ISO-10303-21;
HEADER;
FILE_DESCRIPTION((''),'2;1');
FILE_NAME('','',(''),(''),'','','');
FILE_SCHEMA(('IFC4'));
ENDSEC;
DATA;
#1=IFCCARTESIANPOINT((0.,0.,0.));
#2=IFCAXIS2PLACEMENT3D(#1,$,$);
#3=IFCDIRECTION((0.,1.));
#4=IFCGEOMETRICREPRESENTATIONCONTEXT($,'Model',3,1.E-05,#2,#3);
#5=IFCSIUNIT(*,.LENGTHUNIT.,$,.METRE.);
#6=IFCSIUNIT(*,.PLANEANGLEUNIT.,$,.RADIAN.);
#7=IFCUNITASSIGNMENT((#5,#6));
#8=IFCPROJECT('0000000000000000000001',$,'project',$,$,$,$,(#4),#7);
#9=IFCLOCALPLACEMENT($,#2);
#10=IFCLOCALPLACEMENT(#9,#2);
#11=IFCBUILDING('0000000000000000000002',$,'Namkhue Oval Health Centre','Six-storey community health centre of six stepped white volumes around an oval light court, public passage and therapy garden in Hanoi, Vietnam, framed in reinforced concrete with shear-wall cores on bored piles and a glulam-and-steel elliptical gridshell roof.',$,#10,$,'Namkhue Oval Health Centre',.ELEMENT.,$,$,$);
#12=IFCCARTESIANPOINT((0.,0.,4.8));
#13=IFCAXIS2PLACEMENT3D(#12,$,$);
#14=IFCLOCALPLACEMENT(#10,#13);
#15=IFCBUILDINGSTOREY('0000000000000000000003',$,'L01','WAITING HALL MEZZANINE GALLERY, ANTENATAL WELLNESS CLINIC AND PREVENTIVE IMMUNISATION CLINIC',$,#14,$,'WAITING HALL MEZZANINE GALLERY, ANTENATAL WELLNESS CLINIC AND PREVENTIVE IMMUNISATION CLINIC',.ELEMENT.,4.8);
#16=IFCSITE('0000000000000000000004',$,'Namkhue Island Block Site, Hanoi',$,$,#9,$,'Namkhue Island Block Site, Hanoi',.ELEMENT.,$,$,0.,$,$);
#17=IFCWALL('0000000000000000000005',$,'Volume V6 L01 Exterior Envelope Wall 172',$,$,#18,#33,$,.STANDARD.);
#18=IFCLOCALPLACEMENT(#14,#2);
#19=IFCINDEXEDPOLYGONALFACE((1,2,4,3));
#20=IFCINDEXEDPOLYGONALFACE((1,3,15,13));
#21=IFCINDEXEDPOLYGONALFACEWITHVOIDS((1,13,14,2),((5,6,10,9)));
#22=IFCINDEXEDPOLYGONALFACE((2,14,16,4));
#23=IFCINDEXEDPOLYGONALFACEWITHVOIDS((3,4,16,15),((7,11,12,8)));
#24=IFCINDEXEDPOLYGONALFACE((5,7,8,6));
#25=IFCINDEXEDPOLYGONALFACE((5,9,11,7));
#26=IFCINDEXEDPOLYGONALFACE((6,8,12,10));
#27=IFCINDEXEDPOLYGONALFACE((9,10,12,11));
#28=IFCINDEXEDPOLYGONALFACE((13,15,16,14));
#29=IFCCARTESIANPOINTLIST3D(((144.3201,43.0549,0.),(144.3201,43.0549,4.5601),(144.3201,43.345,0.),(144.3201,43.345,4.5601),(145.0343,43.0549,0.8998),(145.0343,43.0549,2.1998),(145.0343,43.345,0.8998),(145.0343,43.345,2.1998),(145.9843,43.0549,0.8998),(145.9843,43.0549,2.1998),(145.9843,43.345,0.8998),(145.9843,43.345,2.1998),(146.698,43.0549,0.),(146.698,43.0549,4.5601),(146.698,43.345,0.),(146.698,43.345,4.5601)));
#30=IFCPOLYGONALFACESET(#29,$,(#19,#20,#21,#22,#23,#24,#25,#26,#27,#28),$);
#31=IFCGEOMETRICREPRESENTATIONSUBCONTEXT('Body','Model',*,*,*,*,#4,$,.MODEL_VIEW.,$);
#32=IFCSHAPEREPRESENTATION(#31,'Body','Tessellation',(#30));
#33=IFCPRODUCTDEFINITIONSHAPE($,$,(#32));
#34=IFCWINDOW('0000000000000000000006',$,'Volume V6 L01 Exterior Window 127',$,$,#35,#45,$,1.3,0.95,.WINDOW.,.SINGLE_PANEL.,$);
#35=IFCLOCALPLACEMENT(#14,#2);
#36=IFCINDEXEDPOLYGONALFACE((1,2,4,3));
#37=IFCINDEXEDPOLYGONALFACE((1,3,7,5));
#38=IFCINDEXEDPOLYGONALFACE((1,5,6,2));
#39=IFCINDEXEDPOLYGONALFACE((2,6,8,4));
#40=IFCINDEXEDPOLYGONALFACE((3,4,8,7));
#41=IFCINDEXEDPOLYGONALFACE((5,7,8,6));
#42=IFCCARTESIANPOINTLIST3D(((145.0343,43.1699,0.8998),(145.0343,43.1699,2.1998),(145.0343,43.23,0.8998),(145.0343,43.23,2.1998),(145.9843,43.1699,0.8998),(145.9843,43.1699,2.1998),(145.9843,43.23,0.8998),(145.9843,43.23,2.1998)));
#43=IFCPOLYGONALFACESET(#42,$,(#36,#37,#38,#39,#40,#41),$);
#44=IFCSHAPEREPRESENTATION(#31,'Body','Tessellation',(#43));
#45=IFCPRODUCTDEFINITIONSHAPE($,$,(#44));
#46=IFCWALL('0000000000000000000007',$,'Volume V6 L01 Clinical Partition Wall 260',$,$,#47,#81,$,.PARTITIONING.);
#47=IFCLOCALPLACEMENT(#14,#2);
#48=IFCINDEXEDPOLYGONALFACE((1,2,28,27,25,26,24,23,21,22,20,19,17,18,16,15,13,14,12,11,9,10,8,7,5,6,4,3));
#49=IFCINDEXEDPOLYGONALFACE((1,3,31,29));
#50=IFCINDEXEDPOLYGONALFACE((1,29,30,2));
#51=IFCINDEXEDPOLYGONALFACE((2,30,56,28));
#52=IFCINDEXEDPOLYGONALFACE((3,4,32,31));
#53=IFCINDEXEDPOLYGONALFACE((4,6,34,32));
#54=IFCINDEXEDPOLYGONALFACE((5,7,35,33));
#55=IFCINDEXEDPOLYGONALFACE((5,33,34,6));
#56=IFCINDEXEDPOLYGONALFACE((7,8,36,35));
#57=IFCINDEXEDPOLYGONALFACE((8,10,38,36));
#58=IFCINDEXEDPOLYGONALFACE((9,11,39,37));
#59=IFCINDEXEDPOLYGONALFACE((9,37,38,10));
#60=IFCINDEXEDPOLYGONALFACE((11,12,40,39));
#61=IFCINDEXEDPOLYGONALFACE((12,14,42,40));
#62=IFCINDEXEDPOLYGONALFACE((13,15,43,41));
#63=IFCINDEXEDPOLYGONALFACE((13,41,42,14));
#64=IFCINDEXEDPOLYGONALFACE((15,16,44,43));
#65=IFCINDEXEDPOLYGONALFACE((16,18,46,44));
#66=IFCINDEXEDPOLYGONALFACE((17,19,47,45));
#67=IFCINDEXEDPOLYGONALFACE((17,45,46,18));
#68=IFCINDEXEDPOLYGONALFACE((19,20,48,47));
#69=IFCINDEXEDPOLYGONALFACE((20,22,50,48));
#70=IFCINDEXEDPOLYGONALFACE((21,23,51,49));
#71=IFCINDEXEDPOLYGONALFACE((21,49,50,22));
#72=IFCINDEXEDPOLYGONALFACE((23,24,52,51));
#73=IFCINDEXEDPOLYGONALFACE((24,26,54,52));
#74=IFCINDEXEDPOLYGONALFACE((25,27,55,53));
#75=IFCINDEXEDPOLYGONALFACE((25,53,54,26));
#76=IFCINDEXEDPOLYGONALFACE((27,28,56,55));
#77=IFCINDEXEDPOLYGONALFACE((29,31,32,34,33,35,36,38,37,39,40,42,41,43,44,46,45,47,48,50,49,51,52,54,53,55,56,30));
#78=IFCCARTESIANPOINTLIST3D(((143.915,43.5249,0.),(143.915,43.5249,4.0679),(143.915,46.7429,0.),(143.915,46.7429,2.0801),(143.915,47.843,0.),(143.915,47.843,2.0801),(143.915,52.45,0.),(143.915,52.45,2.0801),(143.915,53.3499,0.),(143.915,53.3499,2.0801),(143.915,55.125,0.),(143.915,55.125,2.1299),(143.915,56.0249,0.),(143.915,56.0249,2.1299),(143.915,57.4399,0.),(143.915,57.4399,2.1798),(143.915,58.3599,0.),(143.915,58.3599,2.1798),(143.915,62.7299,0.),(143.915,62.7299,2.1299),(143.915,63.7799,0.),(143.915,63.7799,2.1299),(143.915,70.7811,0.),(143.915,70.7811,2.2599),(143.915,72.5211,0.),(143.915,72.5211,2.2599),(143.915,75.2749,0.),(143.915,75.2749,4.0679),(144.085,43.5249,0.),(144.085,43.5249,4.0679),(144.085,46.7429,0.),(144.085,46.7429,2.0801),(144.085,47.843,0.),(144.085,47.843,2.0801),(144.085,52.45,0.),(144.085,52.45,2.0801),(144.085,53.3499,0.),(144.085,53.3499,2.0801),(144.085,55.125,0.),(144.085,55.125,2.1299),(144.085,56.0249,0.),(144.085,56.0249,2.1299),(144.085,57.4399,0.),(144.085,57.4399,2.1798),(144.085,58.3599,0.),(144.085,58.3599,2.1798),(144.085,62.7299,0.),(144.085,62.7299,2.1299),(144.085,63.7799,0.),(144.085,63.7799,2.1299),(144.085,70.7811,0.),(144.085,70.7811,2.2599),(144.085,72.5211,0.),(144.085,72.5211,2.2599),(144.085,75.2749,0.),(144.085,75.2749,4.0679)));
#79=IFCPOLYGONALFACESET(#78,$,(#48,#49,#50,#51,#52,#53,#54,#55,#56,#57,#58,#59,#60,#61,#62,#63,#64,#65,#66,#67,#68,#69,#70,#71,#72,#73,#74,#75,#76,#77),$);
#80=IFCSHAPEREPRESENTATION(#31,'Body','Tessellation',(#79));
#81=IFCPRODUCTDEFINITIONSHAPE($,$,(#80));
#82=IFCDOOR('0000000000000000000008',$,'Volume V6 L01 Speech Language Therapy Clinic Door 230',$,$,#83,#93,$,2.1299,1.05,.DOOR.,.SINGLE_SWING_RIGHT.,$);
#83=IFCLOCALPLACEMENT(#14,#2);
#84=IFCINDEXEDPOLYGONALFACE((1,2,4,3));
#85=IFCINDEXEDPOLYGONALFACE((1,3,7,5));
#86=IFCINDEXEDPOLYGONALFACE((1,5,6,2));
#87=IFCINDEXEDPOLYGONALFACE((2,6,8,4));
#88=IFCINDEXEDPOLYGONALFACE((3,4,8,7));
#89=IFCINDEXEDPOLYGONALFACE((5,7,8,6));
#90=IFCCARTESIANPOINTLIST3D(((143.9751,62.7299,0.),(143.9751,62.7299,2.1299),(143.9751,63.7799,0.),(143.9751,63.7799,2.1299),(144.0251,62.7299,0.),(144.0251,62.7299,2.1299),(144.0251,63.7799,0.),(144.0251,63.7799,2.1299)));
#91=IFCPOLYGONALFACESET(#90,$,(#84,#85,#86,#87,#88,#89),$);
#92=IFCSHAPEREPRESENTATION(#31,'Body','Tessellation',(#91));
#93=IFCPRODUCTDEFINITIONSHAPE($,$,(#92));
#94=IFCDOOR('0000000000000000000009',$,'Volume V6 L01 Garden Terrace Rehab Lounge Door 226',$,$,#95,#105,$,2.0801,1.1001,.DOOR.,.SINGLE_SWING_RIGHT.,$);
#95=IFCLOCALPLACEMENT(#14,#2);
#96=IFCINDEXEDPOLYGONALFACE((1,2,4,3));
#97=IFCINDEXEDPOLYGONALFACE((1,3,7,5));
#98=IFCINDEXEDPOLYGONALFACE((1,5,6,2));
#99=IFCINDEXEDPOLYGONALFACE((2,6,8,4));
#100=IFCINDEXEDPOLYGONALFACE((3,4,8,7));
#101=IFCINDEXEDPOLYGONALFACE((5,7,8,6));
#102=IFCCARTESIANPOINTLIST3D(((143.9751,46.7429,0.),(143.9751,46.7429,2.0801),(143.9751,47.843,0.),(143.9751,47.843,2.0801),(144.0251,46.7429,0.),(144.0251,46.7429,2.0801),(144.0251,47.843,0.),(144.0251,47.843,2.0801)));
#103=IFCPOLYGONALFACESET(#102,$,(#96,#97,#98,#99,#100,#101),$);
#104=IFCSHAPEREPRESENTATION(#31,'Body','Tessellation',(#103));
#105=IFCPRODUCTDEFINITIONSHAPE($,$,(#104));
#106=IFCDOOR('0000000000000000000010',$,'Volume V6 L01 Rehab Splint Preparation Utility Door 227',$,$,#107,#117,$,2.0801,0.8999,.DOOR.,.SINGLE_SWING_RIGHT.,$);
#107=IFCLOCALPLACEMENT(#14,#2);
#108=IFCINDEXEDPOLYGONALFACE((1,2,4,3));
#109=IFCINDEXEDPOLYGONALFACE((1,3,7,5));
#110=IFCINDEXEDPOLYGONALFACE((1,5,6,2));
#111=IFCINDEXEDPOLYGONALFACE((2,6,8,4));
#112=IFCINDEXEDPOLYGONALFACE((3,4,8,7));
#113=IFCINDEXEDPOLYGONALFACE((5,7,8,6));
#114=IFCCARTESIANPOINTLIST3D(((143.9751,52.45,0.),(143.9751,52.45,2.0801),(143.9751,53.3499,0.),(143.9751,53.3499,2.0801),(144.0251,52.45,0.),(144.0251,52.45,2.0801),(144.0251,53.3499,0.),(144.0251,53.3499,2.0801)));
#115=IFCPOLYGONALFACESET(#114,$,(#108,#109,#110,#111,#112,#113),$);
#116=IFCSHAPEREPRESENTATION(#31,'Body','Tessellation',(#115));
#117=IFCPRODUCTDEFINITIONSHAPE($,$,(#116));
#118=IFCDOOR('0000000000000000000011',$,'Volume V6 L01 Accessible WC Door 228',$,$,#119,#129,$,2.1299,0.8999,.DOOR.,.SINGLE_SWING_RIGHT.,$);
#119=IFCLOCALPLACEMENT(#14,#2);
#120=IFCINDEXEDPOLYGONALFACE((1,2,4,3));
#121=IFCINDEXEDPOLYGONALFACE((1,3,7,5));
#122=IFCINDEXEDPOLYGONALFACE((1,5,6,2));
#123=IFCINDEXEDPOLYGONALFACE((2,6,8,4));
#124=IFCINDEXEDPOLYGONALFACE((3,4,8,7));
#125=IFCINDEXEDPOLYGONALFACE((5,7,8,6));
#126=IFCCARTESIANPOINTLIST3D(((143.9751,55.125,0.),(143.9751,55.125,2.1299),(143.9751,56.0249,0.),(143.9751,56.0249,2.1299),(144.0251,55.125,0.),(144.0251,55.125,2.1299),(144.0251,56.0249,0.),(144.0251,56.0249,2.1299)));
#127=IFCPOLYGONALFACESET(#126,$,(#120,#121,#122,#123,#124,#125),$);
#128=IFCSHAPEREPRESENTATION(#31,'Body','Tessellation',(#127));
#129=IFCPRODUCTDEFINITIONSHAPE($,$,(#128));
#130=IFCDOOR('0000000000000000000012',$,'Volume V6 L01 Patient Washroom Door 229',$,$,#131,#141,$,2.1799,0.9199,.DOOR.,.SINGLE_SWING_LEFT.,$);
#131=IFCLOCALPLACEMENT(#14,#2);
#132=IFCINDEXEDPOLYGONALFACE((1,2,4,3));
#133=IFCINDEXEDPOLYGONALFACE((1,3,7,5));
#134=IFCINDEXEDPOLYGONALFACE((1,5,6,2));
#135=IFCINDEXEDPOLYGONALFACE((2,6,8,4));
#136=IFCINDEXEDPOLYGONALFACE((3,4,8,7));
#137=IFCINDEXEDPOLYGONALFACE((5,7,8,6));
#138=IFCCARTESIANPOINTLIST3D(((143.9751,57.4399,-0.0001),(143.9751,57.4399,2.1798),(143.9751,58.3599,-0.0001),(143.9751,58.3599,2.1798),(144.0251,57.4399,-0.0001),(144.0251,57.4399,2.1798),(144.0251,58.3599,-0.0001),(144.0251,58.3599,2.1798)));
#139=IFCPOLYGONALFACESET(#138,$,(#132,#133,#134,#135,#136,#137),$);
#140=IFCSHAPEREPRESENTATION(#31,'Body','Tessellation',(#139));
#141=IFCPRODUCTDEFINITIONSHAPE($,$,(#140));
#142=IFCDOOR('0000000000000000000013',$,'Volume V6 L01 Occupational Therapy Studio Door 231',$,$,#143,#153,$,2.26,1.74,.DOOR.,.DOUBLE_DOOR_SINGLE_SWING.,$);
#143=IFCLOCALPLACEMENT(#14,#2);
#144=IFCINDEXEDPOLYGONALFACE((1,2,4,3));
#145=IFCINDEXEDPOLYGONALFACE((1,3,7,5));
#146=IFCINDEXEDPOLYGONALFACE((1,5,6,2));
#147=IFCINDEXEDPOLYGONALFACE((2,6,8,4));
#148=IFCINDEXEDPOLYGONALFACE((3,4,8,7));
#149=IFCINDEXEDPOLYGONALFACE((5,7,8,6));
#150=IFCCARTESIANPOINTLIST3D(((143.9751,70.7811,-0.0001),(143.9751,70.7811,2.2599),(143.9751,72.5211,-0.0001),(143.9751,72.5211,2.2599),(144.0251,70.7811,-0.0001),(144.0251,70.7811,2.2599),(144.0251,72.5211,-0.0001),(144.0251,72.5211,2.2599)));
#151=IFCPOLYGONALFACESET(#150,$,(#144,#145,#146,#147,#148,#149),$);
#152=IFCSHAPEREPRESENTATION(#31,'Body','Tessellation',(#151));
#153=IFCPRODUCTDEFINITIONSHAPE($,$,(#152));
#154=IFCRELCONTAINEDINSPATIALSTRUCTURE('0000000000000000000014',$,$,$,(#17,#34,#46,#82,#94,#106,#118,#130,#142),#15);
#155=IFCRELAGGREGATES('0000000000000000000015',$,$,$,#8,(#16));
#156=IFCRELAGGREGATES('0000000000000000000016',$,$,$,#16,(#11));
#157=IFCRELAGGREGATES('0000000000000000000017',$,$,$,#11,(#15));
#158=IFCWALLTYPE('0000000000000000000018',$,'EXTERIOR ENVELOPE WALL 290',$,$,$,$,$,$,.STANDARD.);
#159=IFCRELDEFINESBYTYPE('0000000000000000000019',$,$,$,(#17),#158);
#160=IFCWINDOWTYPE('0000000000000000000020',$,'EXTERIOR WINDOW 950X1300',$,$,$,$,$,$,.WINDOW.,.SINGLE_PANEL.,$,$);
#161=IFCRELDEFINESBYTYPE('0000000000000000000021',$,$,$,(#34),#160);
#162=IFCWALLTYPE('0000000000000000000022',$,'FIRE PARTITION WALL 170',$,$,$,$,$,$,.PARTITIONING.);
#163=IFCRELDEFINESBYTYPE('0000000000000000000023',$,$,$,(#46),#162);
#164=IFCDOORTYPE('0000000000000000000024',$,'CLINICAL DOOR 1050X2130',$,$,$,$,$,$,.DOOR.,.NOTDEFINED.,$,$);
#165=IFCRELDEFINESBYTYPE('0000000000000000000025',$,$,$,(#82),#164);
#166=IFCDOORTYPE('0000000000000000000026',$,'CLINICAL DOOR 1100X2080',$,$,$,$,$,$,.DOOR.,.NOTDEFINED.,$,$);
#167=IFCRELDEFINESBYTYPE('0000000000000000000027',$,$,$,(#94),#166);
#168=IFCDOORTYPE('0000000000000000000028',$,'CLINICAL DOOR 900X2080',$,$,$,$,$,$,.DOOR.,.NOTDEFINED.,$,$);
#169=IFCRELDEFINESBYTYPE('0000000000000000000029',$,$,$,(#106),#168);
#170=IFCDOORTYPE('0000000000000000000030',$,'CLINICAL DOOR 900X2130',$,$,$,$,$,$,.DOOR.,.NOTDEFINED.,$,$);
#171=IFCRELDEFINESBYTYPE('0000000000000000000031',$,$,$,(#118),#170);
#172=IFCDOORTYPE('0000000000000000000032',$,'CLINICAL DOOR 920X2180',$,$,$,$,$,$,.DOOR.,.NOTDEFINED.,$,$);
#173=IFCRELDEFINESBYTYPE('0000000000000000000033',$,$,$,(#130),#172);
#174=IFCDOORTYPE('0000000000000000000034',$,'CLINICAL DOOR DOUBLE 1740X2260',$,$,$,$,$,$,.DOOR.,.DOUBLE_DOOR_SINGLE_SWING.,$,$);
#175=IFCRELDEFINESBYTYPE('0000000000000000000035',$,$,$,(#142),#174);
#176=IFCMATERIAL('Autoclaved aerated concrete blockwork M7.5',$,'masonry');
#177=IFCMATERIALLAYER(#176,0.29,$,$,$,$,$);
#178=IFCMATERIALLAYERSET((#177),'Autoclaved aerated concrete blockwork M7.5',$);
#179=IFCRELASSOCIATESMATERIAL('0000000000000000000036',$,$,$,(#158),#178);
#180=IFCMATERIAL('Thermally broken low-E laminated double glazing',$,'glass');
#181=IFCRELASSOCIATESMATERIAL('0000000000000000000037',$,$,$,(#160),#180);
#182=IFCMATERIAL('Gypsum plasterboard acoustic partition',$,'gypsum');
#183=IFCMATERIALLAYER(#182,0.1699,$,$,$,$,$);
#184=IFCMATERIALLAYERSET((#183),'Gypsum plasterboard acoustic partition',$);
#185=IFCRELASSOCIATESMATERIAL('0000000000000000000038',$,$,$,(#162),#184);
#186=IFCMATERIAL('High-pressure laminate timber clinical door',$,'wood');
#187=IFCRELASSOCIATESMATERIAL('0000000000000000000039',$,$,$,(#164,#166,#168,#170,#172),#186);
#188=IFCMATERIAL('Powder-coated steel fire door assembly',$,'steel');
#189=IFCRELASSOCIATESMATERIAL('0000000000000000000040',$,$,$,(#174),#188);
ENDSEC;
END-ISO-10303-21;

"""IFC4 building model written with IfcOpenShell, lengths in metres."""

from ifc_helpers import new_model, si_unit, direction, frame, frame_2d, origin, place, context, subcontext, project, spatial, rectangle, extrude, material, layer, layer_set, type_object, element, fill, save


model = new_model("IFC4")

# Units and contexts
model_context = context("Model", 3, precision=1e-05, world=origin(), true_north=direction((0.0, 1.0)))
body_context = subcontext(model_context, "Body", "Model", "MODEL_VIEW")
ifc_project = project(units=[si_unit("LENGTHUNIT", "METRE"), si_unit("PLANEANGLEUNIT", "RADIAN")], contexts=[model_context])

# Site, building, storey
site_placement = place(None, origin())
site = spatial("IfcSite", under=ifc_project, at=site_placement, Name="Namkhue Island Block Site, Hanoi", LongName="Namkhue Island Block Site, Hanoi", CompositionType="ELEMENT", RefElevation=0.0)
building_placement = place(site_placement, origin())
building = spatial("IfcBuilding", under=site, at=building_placement, Name="Namkhue Oval Health Centre", Description="Six-storey community health centre of six stepped white volumes around an oval light court, public passage and therapy garden in Hanoi, Vietnam, framed in reinforced concrete with shear-wall cores on bored piles and a glulam-and-steel elliptical gridshell roof.", LongName="Namkhue Oval Health Centre", CompositionType="ELEMENT")
storey_placement = place(building_placement, frame((0.0, 0.0, 4.8)))
storey = spatial("IfcBuildingStorey", under=building, at=storey_placement, Name="L01", Description="WAITING HALL MEZZANINE GALLERY, ANTENATAL WELLNESS CLINIC AND PREVENTIVE IMMUNISATION CLINIC", LongName="WAITING HALL MEZZANINE GALLERY, ANTENATAL WELLNESS CLINIC AND PREVENTIVE IMMUNISATION CLINIC", CompositionType="ELEMENT", Elevation=4.8)

# Wall, opening, window
ifc_material_1 = material(Name="Autoclaved aerated concrete blockwork M7.5", Category="masonry")
ifc_layer_1 = layer(ifc_material_1, 0.29)
ifc_layer_set_1 = layer_set([ifc_layer_1], Name="Autoclaved aerated concrete blockwork M7.5")
wall_type_1 = type_object("IfcWallType", Name="EXTERIOR ENVELOPE WALL 290", PredefinedType="STANDARD", material=ifc_layer_set_1)
wall_1_placement = place(storey_placement, frame((144.3201, 43.2, 0.0), z_axis=(0.0, 0.0, 1.0), x_axis=(1.0, 0.0, 0.0)))
wall_1 = element("IfcWall", 1, at=wall_1_placement, inside=storey, type_object=wall_type_1, Name="Volume V6 L01 Exterior Envelope Wall 172", PredefinedType="STANDARD", context=body_context, shape_type="SweptSolid", body=[
    extrude(rectangle(XDim=2.3779, YDim=0.29, at=frame_2d((1.189, 0.0))), origin(), (0.0, 0.0, 1.0), 4.5601),
])
opening_1_placement = place(wall_1_placement, frame((0.7141, 0.0, 0.8999)))
opening_1 = element("IfcOpeningElement", 2, at=opening_1_placement, cuts=wall_1, PredefinedType="OPENING", context=body_context, shape_type="SweptSolid", body=[
    extrude(rectangle(XDim=0.95, YDim=1.3, at=frame_2d((0.4751, 0.6499))), frame((0.0, 0.155, 0.0), z_axis=(0.0, -1.0, 0.0), x_axis=(1.0, 0.0, 0.0)), (0.0, 0.0, 1.0), 0.3101),
])
ifc_material_2 = material(Name="Thermally broken low-E laminated double glazing", Category="glass")
window_type_1 = type_object("IfcWindowType", Name="EXTERIOR WINDOW 950X1300", PartitioningType="SINGLE_PANEL", PredefinedType="WINDOW", material=ifc_material_2)
window_1_placement = place(opening_1_placement, origin())
window_1 = element("IfcWindow", 3, at=window_1_placement, inside=storey, type_object=window_type_1, Name="Volume V6 L01 Exterior Window 127", OverallHeight=1.3, OverallWidth=0.95, PartitioningType="SINGLE_PANEL", PredefinedType="WINDOW", context=body_context, shape_type="SweptSolid", body=[
    extrude(rectangle(XDim=0.95, YDim=1.3, at=frame_2d((0.4751, 0.6499))), frame((0.0, 0.03, 0.0), z_axis=(0.0, -1.0, 0.0), x_axis=(1.0, 0.0, 0.0)), (0.0, 0.0, 1.0), 0.0601),
])
fill(opening_1, window_1)

# Wall, openings, doors
ifc_material_3 = material(Name="Gypsum plasterboard acoustic partition", Category="gypsum")
ifc_layer_2 = layer(ifc_material_3, 0.1699)
ifc_layer_set_2 = layer_set([ifc_layer_2], Name="Gypsum plasterboard acoustic partition")
wall_type_2 = type_object("IfcWallType", Name="FIRE PARTITION WALL 170", PredefinedType="PARTITIONING", material=ifc_layer_set_2)
wall_2_placement = place(storey_placement, frame((144.0, 43.5249, 0.0), z_axis=(0.0, 0.0, 1.0), x_axis=(0.0, 1.0, 0.0)))
wall_2 = element("IfcWall", 4, at=wall_2_placement, inside=storey, type_object=wall_type_2, Name="Volume V6 L01 Clinical Partition Wall 260", PredefinedType="PARTITIONING", context=body_context, shape_type="SweptSolid", body=[
    extrude(rectangle(XDim=31.75, YDim=0.1699, at=frame_2d((15.875, 0.0))), origin(), (0.0, 0.0, 1.0), 4.0679),
])
opening_2_placement = place(wall_2_placement, frame((3.218, 0.0, 0.0)))
opening_2 = element("IfcOpeningElement", 5, at=opening_2_placement, cuts=wall_2, PredefinedType="OPENING", context=body_context, shape_type="SweptSolid", body=[
    extrude(rectangle(XDim=1.1001, YDim=2.0801, at=frame_2d((0.55, 1.04))), frame((0.0, 0.095, 0.0), z_axis=(0.0, -1.0, 0.0), x_axis=(1.0, 0.0, 0.0)), (0.0, 0.0, 1.0), 0.1899),
])
opening_3_placement = place(wall_2_placement, frame((8.925, 0.0, 0.0)))
opening_3 = element("IfcOpeningElement", 6, at=opening_3_placement, cuts=wall_2, PredefinedType="OPENING", context=body_context, shape_type="SweptSolid", body=[
    extrude(rectangle(XDim=0.8999, YDim=2.0801, at=frame_2d((0.45, 1.04))), frame((0.0, 0.095, 0.0), z_axis=(0.0, -1.0, 0.0), x_axis=(1.0, 0.0, 0.0)), (0.0, 0.0, 1.0), 0.1899),
])
opening_4_placement = place(wall_2_placement, frame((11.6001, 0.0, 0.0)))
opening_4 = element("IfcOpeningElement", 7, at=opening_4_placement, cuts=wall_2, PredefinedType="OPENING", context=body_context, shape_type="SweptSolid", body=[
    extrude(rectangle(XDim=0.8999, YDim=2.1299, at=frame_2d((0.45, 1.0649))), frame((0.0, 0.095, 0.0), z_axis=(0.0, -1.0, 0.0), x_axis=(1.0, 0.0, 0.0)), (0.0, 0.0, 1.0), 0.1899),
])
opening_5_placement = place(wall_2_placement, frame((13.915, 0.0, 0.0)))
opening_5 = element("IfcOpeningElement", 8, at=opening_5_placement, cuts=wall_2, PredefinedType="OPENING", context=body_context, shape_type="SweptSolid", body=[
    extrude(rectangle(XDim=0.9199, YDim=2.1799, at=frame_2d((0.46, 1.0898))), frame((0.0, 0.095, 0.0), z_axis=(0.0, -1.0, 0.0), x_axis=(1.0, 0.0, 0.0)), (0.0, 0.0, 1.0), 0.1899),
])
opening_6_placement = place(wall_2_placement, frame((19.2051, 0.0, 0.0)))
opening_6 = element("IfcOpeningElement", 9, at=opening_6_placement, cuts=wall_2, PredefinedType="OPENING", context=body_context, shape_type="SweptSolid", body=[
    extrude(rectangle(XDim=1.05, YDim=2.1299, at=frame_2d((0.5249, 1.0649))), frame((0.0, 0.095, 0.0), z_axis=(0.0, -1.0, 0.0), x_axis=(1.0, 0.0, 0.0)), (0.0, 0.0, 1.0), 0.1899),
])
opening_7_placement = place(wall_2_placement, frame((27.2561, 0.0, 0.0)))
opening_7 = element("IfcOpeningElement", 10, at=opening_7_placement, cuts=wall_2, PredefinedType="OPENING", context=body_context, shape_type="SweptSolid", body=[
    extrude(rectangle(XDim=1.74, YDim=2.26, at=frame_2d((0.8701, 1.1299))), frame((0.0, 0.095, 0.0), z_axis=(0.0, -1.0, 0.0), x_axis=(1.0, 0.0, 0.0)), (0.0, 0.0, 1.0), 0.1899),
])
ifc_material_4 = material(Name="High-pressure laminate timber clinical door", Category="wood")
door_type_1 = type_object("IfcDoorType", Name="CLINICAL DOOR 1050X2130", OperationType="NOTDEFINED", PredefinedType="DOOR", material=ifc_material_4)
door_1_placement = place(opening_6_placement, origin())
door_1 = element("IfcDoor", 11, at=door_1_placement, inside=storey, type_object=door_type_1, Name="Volume V6 L01 Speech Language Therapy Clinic Door 230", OperationType="SINGLE_SWING_RIGHT", OverallHeight=2.1299, OverallWidth=1.05, PredefinedType="DOOR", context=body_context, shape_type="SweptSolid", body=[
    extrude(rectangle(XDim=1.05, YDim=2.1299, at=frame_2d((0.5249, 1.0649))), frame((0.0, 0.0249, 0.0), z_axis=(0.0, -1.0, 0.0), x_axis=(1.0, 0.0, 0.0)), (0.0, 0.0, 1.0), 0.05),
])
fill(opening_6, door_1)
door_type_2 = type_object("IfcDoorType", Name="CLINICAL DOOR 1100X2080", OperationType="NOTDEFINED", PredefinedType="DOOR", material=ifc_material_4)
door_2_placement = place(opening_2_placement, origin())
door_2 = element("IfcDoor", 12, at=door_2_placement, inside=storey, type_object=door_type_2, Name="Volume V6 L01 Garden Terrace Rehab Lounge Door 226", OperationType="SINGLE_SWING_RIGHT", OverallHeight=2.0801, OverallWidth=1.1001, PredefinedType="DOOR", context=body_context, shape_type="SweptSolid", body=[
    extrude(rectangle(XDim=1.1001, YDim=2.0801, at=frame_2d((0.55, 1.04))), frame((0.0, 0.0249, 0.0), z_axis=(0.0, -1.0, 0.0), x_axis=(1.0, 0.0, 0.0)), (0.0, 0.0, 1.0), 0.05),
])
fill(opening_2, door_2)
door_type_3 = type_object("IfcDoorType", Name="CLINICAL DOOR 900X2080", OperationType="NOTDEFINED", PredefinedType="DOOR", material=ifc_material_4)
door_3_placement = place(opening_3_placement, origin())
door_3 = element("IfcDoor", 13, at=door_3_placement, inside=storey, type_object=door_type_3, Name="Volume V6 L01 Rehab Splint Preparation Utility Door 227", OperationType="SINGLE_SWING_RIGHT", OverallHeight=2.0801, OverallWidth=0.8999, PredefinedType="DOOR", context=body_context, shape_type="SweptSolid", body=[
    extrude(rectangle(XDim=0.8999, YDim=2.0801, at=frame_2d((0.45, 1.04))), frame((0.0, 0.0249, 0.0), z_axis=(0.0, -1.0, 0.0), x_axis=(1.0, 0.0, 0.0)), (0.0, 0.0, 1.0), 0.05),
])
fill(opening_3, door_3)
door_type_4 = type_object("IfcDoorType", Name="CLINICAL DOOR 900X2130", OperationType="NOTDEFINED", PredefinedType="DOOR", material=ifc_material_4)
door_4_placement = place(opening_4_placement, origin())
door_4 = element("IfcDoor", 14, at=door_4_placement, inside=storey, type_object=door_type_4, Name="Volume V6 L01 Accessible WC Door 228", OperationType="SINGLE_SWING_RIGHT", OverallHeight=2.1299, OverallWidth=0.8999, PredefinedType="DOOR", context=body_context, shape_type="SweptSolid", body=[
    extrude(rectangle(XDim=0.8999, YDim=2.1299, at=frame_2d((0.45, 1.0649))), frame((0.0, 0.0249, 0.0), z_axis=(0.0, -1.0, 0.0), x_axis=(1.0, 0.0, 0.0)), (0.0, 0.0, 1.0), 0.05),
])
fill(opening_4, door_4)
door_type_5 = type_object("IfcDoorType", Name="CLINICAL DOOR 920X2180", OperationType="NOTDEFINED", PredefinedType="DOOR", material=ifc_material_4)
door_5_placement = place(opening_5_placement, origin())
door_5 = element("IfcDoor", 15, at=door_5_placement, inside=storey, type_object=door_type_5, Name="Volume V6 L01 Patient Washroom Door 229", OperationType="SINGLE_SWING_LEFT", OverallHeight=2.1799, OverallWidth=0.9199, PredefinedType="DOOR", context=body_context, shape_type="SweptSolid", body=[
    extrude(rectangle(XDim=0.9199, YDim=2.1799, at=frame_2d((0.46, 1.0898))), frame((0.0, 0.0249, 0.0), z_axis=(0.0, -1.0, 0.0), x_axis=(1.0, 0.0, 0.0)), (0.0, 0.0, 1.0), 0.05),
])
fill(opening_5, door_5)
ifc_material_5 = material(Name="Powder-coated steel fire door assembly", Category="steel")
door_type_6 = type_object("IfcDoorType", Name="CLINICAL DOOR DOUBLE 1740X2260", OperationType="DOUBLE_DOOR_SINGLE_SWING", PredefinedType="DOOR", material=ifc_material_5)
door_6_placement = place(opening_7_placement, origin())
door_6 = element("IfcDoor", 16, at=door_6_placement, inside=storey, type_object=door_type_6, Name="Volume V6 L01 Occupational Therapy Studio Door 231", OperationType="DOUBLE_DOOR_SINGLE_SWING", OverallHeight=2.26, OverallWidth=1.74, PredefinedType="DOOR", context=body_context, shape_type="SweptSolid", body=[
    extrude(rectangle(XDim=1.74, YDim=2.26, at=frame_2d((0.8701, 1.1299))), frame((0.0, 0.0249, 0.0), z_axis=(0.0, -1.0, 0.0), x_axis=(1.0, 0.0, 0.0)), (0.0, 0.0, 1.0), 0.05),
])
fill(opening_7, door_6)

save(model, "model.ifc")
